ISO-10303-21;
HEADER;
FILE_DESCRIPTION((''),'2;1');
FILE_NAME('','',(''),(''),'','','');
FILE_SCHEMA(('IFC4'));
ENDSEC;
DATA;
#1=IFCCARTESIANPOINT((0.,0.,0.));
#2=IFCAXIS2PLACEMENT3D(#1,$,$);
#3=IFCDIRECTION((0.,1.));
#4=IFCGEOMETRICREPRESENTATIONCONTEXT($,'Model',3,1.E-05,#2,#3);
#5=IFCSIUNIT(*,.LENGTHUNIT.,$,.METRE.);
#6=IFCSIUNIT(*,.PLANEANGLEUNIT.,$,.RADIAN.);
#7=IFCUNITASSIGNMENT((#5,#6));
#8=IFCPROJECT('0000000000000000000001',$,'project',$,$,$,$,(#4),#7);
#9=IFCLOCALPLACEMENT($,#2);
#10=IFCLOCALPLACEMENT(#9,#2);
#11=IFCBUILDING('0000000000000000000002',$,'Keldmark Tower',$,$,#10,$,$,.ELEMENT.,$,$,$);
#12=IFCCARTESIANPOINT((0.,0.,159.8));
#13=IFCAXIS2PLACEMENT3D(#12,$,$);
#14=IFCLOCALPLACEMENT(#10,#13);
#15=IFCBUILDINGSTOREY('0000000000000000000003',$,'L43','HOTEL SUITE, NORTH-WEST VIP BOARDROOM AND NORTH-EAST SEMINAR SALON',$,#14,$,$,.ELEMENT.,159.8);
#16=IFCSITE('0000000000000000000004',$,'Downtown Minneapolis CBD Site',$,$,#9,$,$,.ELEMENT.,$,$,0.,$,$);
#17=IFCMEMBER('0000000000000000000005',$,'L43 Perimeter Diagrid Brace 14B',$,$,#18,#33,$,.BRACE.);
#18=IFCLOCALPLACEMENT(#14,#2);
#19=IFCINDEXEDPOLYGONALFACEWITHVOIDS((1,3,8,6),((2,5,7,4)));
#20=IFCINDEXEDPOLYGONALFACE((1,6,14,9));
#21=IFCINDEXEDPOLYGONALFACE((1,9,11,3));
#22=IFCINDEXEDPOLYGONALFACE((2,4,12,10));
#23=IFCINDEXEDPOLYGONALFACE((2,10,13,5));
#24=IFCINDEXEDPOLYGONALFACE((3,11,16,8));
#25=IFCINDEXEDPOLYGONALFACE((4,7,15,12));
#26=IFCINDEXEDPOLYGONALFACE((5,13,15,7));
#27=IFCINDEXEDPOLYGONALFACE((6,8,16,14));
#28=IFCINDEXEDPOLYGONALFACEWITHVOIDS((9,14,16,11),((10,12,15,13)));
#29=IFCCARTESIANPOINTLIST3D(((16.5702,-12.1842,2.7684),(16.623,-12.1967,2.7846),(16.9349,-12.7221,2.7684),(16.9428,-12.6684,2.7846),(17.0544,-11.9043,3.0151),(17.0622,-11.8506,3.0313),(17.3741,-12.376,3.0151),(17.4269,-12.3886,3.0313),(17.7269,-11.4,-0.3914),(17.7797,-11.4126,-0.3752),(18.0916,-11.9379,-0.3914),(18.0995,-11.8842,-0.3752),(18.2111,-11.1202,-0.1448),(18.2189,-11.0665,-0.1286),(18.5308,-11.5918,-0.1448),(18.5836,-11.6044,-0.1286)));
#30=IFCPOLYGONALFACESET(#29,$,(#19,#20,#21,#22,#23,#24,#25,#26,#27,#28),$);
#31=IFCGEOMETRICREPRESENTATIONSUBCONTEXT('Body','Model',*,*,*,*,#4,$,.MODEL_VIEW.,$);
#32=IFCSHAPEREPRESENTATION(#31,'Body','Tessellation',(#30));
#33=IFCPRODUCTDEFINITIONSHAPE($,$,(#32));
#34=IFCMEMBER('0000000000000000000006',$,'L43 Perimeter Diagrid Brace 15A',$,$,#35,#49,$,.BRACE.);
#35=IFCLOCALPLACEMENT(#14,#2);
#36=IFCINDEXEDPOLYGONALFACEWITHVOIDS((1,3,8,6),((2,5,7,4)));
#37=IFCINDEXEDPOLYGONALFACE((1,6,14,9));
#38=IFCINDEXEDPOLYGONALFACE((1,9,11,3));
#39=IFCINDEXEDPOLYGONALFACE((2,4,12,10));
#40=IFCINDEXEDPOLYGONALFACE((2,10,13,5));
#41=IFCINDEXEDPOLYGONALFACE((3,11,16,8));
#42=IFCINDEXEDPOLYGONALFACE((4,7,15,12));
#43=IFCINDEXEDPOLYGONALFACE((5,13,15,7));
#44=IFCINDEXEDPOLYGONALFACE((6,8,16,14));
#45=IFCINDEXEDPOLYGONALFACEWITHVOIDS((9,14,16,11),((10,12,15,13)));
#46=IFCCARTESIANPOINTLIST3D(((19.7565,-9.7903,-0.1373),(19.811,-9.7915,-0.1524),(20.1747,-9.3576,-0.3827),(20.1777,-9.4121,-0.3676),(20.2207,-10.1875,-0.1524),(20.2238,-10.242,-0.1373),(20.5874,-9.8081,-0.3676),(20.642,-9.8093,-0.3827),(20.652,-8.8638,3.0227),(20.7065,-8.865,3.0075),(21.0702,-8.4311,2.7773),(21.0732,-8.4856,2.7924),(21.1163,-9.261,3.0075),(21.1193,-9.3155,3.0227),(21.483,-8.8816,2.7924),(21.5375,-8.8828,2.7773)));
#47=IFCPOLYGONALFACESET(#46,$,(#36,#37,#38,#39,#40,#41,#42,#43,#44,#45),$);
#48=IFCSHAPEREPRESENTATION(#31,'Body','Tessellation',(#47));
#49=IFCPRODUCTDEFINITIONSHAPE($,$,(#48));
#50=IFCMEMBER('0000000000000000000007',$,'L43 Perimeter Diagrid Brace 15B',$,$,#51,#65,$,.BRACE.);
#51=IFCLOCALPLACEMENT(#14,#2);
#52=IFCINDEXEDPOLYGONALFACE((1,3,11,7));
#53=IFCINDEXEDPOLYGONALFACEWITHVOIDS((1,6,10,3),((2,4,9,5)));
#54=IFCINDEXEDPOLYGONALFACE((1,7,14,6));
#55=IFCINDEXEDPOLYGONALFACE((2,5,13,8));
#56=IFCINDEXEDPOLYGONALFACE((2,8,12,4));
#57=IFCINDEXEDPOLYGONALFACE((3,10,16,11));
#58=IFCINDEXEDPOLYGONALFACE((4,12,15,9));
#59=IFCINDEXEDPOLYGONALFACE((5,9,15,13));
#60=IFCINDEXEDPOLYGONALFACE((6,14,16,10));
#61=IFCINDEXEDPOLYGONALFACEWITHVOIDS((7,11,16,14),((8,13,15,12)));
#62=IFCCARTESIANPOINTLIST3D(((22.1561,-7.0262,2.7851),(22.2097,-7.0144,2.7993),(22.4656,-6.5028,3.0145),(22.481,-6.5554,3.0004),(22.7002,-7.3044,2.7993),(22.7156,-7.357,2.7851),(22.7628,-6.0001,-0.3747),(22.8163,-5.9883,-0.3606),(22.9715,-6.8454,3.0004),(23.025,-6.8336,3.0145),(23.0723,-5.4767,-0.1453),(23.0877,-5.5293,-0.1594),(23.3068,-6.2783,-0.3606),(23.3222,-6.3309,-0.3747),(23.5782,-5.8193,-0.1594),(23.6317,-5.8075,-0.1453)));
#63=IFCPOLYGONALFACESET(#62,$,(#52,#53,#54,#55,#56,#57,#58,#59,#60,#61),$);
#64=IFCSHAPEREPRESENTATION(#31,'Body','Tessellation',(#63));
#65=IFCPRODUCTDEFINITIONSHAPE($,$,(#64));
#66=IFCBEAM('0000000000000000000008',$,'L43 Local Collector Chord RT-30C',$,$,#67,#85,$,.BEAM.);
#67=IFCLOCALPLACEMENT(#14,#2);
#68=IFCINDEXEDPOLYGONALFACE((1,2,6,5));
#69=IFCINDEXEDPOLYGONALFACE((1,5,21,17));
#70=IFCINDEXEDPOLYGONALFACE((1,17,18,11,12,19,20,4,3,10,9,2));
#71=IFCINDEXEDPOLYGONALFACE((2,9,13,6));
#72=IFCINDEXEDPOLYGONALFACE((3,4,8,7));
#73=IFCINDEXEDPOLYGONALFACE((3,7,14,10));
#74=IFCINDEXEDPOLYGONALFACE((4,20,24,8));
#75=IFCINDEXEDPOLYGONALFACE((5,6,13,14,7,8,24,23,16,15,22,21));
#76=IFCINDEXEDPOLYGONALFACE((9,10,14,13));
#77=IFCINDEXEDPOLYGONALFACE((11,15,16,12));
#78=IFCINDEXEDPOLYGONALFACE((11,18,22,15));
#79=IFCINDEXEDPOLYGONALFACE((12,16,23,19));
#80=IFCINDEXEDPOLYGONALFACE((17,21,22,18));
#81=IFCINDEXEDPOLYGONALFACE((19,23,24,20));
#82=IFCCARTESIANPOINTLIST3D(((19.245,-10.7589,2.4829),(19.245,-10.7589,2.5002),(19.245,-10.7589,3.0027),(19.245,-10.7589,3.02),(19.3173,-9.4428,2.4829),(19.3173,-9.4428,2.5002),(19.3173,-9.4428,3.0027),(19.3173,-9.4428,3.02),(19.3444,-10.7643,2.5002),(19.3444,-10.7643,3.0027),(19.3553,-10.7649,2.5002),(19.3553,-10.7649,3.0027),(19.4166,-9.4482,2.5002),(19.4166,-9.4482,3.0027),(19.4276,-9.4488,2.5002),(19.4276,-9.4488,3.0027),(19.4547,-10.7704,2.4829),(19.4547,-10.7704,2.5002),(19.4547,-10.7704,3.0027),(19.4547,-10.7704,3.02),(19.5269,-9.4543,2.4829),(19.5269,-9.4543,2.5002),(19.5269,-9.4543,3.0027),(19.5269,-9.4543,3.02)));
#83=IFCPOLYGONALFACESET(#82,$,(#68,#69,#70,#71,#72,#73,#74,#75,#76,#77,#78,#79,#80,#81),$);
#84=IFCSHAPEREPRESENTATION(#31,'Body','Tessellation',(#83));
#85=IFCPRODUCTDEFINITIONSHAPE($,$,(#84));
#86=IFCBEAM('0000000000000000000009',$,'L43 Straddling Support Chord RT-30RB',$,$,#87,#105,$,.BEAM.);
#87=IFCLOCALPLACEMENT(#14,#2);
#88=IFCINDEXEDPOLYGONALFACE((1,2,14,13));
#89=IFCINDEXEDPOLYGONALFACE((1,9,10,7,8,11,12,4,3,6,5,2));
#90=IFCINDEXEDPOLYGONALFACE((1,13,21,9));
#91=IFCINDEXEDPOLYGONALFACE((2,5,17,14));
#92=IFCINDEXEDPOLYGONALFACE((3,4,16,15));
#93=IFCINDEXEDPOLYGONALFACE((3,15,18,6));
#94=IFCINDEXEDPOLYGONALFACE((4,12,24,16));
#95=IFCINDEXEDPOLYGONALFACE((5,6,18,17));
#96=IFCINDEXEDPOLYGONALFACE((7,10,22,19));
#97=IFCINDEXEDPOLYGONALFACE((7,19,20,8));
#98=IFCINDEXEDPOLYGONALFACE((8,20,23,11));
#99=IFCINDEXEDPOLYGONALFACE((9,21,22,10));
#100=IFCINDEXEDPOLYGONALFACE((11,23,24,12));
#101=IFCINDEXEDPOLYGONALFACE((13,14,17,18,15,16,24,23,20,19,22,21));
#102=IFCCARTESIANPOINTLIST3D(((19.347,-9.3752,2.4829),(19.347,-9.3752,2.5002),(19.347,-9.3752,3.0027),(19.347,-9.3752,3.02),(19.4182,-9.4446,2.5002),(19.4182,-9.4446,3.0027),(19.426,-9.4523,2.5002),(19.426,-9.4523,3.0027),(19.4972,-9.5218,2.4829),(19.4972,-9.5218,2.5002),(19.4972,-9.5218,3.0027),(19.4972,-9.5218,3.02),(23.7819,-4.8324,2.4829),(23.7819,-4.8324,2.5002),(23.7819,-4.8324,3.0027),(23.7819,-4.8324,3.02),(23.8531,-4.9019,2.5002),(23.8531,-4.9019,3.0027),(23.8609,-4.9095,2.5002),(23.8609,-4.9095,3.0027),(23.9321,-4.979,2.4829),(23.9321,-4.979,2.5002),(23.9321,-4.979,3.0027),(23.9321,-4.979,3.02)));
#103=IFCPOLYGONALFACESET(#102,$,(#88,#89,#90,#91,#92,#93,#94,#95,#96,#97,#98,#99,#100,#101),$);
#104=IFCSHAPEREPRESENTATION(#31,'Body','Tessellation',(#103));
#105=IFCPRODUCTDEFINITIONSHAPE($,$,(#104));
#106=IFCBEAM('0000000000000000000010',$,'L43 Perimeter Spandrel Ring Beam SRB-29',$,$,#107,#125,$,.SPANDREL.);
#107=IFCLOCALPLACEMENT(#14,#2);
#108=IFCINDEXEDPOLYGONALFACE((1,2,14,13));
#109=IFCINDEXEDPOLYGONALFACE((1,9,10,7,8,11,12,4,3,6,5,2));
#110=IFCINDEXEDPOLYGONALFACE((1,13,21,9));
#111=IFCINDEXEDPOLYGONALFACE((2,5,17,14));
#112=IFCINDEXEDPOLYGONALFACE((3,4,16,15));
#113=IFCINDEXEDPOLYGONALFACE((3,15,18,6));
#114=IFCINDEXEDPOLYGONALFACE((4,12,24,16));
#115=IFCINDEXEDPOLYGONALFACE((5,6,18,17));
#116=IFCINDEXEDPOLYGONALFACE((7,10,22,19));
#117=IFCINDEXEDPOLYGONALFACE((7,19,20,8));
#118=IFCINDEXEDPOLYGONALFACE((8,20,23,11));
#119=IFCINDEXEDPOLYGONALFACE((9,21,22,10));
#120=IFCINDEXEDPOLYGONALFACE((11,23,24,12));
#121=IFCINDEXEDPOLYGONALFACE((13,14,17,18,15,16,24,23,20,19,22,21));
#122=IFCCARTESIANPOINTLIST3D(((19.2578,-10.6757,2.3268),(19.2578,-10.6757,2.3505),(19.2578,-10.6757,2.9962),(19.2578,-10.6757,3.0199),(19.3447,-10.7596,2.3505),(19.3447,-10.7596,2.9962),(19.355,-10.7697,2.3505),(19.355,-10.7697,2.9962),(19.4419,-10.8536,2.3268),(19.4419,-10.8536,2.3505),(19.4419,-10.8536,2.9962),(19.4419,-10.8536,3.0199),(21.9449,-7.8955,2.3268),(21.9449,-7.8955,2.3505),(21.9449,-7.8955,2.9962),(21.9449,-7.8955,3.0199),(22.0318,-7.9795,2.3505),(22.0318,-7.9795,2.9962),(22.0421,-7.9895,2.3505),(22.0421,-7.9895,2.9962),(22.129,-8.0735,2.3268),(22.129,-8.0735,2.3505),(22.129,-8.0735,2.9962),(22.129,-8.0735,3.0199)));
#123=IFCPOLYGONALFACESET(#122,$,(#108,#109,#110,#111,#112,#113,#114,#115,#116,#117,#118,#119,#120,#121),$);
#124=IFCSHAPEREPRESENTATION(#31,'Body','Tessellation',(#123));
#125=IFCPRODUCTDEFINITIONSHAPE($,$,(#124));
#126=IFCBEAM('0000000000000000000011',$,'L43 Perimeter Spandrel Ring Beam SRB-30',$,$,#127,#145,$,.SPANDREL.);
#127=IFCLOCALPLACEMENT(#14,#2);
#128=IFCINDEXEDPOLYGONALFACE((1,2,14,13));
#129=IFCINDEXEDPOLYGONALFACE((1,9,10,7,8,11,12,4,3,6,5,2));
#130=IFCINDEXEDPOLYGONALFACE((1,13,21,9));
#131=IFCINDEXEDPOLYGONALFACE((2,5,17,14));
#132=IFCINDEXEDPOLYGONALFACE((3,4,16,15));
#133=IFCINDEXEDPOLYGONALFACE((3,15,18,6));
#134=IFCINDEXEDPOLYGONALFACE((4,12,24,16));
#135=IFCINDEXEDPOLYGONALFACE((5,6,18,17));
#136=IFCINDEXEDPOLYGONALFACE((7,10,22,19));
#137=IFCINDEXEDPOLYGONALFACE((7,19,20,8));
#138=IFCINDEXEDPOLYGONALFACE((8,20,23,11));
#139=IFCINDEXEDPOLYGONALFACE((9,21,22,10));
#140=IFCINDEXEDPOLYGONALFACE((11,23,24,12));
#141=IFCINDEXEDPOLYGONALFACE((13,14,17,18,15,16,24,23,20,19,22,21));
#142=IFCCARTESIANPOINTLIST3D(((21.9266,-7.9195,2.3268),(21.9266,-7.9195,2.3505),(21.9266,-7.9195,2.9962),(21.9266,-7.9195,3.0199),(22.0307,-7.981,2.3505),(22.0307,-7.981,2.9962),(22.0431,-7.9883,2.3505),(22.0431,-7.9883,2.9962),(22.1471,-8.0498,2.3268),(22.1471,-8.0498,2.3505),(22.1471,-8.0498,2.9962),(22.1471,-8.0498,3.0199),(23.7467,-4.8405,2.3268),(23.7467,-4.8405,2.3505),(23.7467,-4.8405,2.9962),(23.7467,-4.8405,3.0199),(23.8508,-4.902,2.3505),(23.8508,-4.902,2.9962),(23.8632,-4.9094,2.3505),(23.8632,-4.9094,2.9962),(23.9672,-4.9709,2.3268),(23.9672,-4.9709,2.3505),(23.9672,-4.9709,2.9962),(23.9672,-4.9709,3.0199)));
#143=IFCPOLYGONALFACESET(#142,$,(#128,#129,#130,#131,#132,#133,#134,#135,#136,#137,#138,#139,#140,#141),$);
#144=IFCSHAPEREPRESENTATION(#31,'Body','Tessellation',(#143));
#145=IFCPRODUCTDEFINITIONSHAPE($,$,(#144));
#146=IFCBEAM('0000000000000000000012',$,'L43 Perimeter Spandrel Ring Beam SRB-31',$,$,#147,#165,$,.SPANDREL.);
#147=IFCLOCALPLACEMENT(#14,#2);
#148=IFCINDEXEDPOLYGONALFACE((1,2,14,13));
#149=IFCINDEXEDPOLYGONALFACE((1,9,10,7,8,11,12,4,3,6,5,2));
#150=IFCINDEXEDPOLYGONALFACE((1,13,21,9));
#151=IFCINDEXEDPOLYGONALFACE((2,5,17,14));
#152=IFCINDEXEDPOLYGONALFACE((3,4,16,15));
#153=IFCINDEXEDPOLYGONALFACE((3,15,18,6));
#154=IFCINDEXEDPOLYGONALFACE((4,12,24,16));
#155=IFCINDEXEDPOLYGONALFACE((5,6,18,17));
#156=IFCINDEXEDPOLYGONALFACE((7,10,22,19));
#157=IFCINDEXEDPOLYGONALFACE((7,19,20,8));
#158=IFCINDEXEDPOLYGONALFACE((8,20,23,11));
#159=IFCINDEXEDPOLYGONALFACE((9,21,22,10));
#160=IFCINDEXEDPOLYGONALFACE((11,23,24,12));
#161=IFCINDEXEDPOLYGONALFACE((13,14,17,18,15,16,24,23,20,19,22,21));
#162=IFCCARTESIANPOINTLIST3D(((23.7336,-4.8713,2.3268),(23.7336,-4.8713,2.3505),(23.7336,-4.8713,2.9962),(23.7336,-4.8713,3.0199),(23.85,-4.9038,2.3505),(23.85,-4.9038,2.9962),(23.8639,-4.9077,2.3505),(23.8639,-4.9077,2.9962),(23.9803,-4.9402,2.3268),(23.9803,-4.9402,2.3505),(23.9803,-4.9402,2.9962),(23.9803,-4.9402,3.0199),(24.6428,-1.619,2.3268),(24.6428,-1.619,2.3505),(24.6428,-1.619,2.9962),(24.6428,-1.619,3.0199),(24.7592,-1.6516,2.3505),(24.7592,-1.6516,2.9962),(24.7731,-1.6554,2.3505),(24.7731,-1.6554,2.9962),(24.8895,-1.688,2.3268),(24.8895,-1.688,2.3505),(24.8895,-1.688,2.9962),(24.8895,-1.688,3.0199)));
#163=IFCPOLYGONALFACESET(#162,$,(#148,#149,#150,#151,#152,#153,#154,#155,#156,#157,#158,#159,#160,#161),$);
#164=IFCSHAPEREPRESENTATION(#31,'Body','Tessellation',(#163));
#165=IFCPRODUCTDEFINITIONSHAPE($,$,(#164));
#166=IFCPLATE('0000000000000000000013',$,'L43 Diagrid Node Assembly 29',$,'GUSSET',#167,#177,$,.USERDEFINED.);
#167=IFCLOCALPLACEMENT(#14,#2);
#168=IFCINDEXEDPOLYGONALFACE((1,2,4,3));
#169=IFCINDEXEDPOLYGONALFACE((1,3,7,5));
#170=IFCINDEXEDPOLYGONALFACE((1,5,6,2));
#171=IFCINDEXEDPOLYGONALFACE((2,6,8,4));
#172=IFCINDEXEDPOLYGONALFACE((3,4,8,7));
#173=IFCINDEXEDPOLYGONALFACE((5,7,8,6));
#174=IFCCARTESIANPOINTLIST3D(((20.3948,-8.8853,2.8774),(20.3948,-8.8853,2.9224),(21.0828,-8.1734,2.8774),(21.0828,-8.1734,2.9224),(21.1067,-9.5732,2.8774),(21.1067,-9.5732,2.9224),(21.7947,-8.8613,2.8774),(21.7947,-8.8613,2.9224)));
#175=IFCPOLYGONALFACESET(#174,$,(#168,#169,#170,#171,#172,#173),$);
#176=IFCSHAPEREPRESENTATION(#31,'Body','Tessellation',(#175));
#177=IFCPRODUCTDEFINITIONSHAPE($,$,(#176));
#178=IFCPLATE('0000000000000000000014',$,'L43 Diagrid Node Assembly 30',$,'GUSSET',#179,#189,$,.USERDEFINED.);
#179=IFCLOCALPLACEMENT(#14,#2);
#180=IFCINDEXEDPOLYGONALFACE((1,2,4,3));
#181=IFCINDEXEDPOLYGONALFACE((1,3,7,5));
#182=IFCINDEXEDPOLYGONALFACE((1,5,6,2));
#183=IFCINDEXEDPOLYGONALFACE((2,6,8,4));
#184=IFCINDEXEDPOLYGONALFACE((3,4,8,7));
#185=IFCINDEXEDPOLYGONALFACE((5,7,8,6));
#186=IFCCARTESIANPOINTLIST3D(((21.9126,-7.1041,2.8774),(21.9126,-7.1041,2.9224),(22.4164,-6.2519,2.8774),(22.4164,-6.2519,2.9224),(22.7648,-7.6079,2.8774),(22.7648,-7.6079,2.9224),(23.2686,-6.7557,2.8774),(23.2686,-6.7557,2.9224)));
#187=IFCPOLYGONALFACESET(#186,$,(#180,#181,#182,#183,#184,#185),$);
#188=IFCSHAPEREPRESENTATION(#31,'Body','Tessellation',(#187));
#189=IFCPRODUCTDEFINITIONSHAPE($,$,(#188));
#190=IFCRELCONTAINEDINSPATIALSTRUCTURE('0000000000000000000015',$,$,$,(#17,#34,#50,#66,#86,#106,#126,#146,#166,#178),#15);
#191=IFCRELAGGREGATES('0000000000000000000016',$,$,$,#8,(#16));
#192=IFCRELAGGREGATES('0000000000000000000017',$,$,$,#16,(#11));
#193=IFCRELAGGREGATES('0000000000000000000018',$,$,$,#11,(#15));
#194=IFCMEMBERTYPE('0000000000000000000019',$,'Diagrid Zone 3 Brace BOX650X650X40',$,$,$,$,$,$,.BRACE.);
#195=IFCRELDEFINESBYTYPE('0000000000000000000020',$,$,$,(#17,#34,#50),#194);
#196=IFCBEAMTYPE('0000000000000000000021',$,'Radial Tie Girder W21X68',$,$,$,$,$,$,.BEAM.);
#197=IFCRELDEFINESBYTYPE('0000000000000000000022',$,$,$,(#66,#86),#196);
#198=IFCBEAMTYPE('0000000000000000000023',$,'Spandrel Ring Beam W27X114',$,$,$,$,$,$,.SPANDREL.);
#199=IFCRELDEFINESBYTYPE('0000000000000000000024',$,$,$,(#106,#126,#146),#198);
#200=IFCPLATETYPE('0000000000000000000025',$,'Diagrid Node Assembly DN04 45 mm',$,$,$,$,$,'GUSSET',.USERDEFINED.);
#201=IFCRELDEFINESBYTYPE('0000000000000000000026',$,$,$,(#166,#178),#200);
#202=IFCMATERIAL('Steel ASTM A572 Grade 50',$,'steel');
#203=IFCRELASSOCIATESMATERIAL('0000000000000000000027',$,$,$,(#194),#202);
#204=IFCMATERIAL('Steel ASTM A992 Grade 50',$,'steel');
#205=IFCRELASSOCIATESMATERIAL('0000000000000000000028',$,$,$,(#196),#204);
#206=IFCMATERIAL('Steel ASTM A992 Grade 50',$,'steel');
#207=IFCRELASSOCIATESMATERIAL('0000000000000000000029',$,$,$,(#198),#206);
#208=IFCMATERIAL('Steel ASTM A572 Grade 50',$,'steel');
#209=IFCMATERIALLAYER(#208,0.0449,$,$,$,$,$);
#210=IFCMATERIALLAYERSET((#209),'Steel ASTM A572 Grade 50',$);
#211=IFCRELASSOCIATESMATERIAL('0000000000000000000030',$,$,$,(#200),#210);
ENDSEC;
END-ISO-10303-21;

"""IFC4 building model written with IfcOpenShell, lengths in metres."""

from ifc_helpers import new_model, si_unit, direction, frame, origin, origin_2d, place, context, subcontext, project, spatial, rectangle, hollow_rectangle, i_section, extrude, material, layer, layer_set, material_profile, profile_set, type_object, element, save


model = new_model("IFC4")

# Units and contexts
model_context = context("Model", 3, precision=1e-05, world=origin(), true_north=direction((0.0, 1.0)))
body_context = subcontext(model_context, "Body", "Model", "MODEL_VIEW")
ifc_project = project(units=[si_unit("LENGTHUNIT", "METRE"), si_unit("PLANEANGLEUNIT", "RADIAN")], contexts=[model_context])

# Site, building, storey
site_placement = place(None, origin())
site = spatial("IfcSite", under=ifc_project, at=site_placement, Name="Downtown Minneapolis CBD Site", CompositionType="ELEMENT", RefElevation=0.0)
building_placement = place(site_placement, origin())
building = spatial("IfcBuilding", under=site, at=building_placement, Name="Keldmark Tower", CompositionType="ELEMENT")
storey_placement = place(building_placement, frame((0.0, 0.0, 159.8)))
storey = spatial("IfcBuildingStorey", under=building, at=storey_placement, Name="L43", Description="HOTEL SUITE, NORTH-WEST VIP BOARDROOM AND NORTH-EAST SEMINAR SALON", CompositionType="ELEMENT", Elevation=159.8)

# Members
ifc_material_1 = material(Name="Steel ASTM A572 Grade 50", Category="steel")
ifc_material_profile_1 = material_profile(ifc_material_1, hollow_rectangle(XDim=0.6499, YDim=0.6499, WallThickness=0.04, at=origin_2d()), Name="BOX650X650X40")
ifc_profile_set_1 = profile_set([ifc_material_profile_1], Name="Steel ASTM A572 Grade 50")
member_type = type_object("IfcMemberType", Name="Diagrid Zone 3 Brace BOX650X650X40", PredefinedType="BRACE", material=ifc_profile_set_1)
member_1_placement = place(storey_placement, frame((18.1553, -11.5022, -0.26), z_axis=(-0.334787, -0.22696, 0.914553), x_axis=(0.561134, -0.827725, 0.0)))
element("IfcMember", 1, at=member_1_placement, inside=storey, type_object=member_type, Name="L43 Perimeter Diagrid Brace 14B", PredefinedType="BRACE", context=body_context, shape_type="SweptSolid", body=[
    extrude(hollow_rectangle(XDim=0.6499, YDim=0.6499, WallThickness=0.04, at=origin_2d()), origin(), (0.0, 0.0, 1.0), 3.4551),
])
member_2_placement = place(storey_placement, frame((20.1992, -9.7998, -0.26), z_axis=(0.262417, 0.271503, 0.925972), x_axis=(-0.719036, 0.694973, 0.0)))
element("IfcMember", 2, at=member_2_placement, inside=storey, type_object=member_type, Name="L43 Perimeter Diagrid Brace 15A", PredefinedType="BRACE", context=body_context, shape_type="SweptSolid", body=[
    extrude(hollow_rectangle(XDim=0.6499, YDim=0.6499, WallThickness=0.04, at=origin_2d()), origin(), (0.0, 0.0, 1.0), 3.4126),
])
member_3_placement = place(storey_placement, frame((23.1973, -5.9038, -0.26), z_axis=(-0.179638, -0.303831, 0.935637), x_axis=(0.8608, -0.508943, 0.0)))
element("IfcMember", 3, at=member_3_placement, inside=storey, type_object=member_type, Name="L43 Perimeter Diagrid Brace 15B", PredefinedType="BRACE", context=body_context, shape_type="SweptSolid", body=[
    extrude(hollow_rectangle(XDim=0.6499, YDim=0.6499, WallThickness=0.04, at=origin_2d()), origin(), (0.0, 0.0, 1.0), 3.3772),
])

# Beams
ifc_material_2 = material(Name="Steel ASTM A992 Grade 50", Category="steel")
ifc_material_profile_2 = material_profile(ifc_material_2, i_section(OverallWidth=0.21, OverallDepth=0.5371, WebThickness=0.011, FlangeThickness=0.0173, at=origin_2d()), Name="W21X68")
ifc_profile_set_2 = profile_set([ifc_material_profile_2], Name="Steel ASTM A992 Grade 50")
beam_type_1 = type_object("IfcBeamType", Name="Radial Tie Girder W21X68", PredefinedType="BEAM", material=ifc_profile_set_2)
beam_1_placement = place(storey_placement, frame((19.3499, -10.7646, 2.7515), z_axis=(0.054824, 0.998496, 0.0), x_axis=(-0.998496, 0.054824, 0.0)))
element("IfcBeam", 4, at=beam_1_placement, inside=storey, type_object=beam_type_1, Name="L43 Local Collector Chord RT-30C", PredefinedType="BEAM", context=body_context, shape_type="SweptSolid", body=[
    extrude(i_section(OverallWidth=0.21, OverallDepth=0.5371, WebThickness=0.011, FlangeThickness=0.0173, at=origin_2d()), origin(), (0.0, 0.0, 1.0), 1.3181),
])
beam_2_placement = place(storey_placement, frame((19.4221, -9.4485, 2.7515), z_axis=(0.698557, 0.715555, 0.0), x_axis=(-0.715555, 0.698557, 0.0)))
element("IfcBeam", 5, at=beam_2_placement, inside=storey, type_object=beam_type_1, Name="L43 Straddling Support Chord RT-30RB", PredefinedType="BEAM", context=body_context, shape_type="SweptSolid", body=[
    extrude(i_section(OverallWidth=0.21, OverallDepth=0.5371, WebThickness=0.011, FlangeThickness=0.0173, at=origin_2d()), origin(), (0.0, 0.0, 1.0), 6.3486),
])
ifc_material_3 = material(Name="Steel ASTM A992 Grade 50", Category="steel")
ifc_material_profile_3 = material_profile(ifc_material_3, i_section(OverallWidth=0.2561, OverallDepth=0.6931, WebThickness=0.0144, FlangeThickness=0.0237, at=origin_2d()), Name="W27X114")
ifc_profile_set_3 = profile_set([ifc_material_profile_3], Name="Steel ASTM A992 Grade 50")
beam_type_2 = type_object("IfcBeamType", Name="Spandrel Ring Beam W27X114", PredefinedType="SPANDREL", material=ifc_profile_set_3)
beam_3_placement = place(storey_placement, frame((19.3499, -10.7646, 2.6733), z_axis=(0.694975, 0.719034, 0.0), x_axis=(-0.719034, 0.694975, 0.0)))
element("IfcBeam", 6, at=beam_3_placement, inside=storey, type_object=beam_type_2, Name="L43 Perimeter Spandrel Ring Beam SRB-29", PredefinedType="SPANDREL", context=body_context, shape_type="SweptSolid", body=[
    extrude(i_section(OverallWidth=0.2561, OverallDepth=0.6931, WebThickness=0.0144, FlangeThickness=0.0237, at=origin_2d()), origin(), (0.0, 0.0, 1.0), 3.8665),
])
beam_4_placement = place(storey_placement, frame((22.0369, -7.9846, 2.6733), z_axis=(0.508883, 0.860835, 0.0), x_axis=(-0.860835, 0.508883, 0.0)))
element("IfcBeam", 7, at=beam_4_placement, inside=storey, type_object=beam_type_2, Name="L43 Perimeter Spandrel Ring Beam SRB-30", PredefinedType="SPANDREL", context=body_context, shape_type="SweptSolid", body=[
    extrude(i_section(OverallWidth=0.2561, OverallDepth=0.6931, WebThickness=0.0144, FlangeThickness=0.0237, at=origin_2d()), origin(), (0.0, 0.0, 1.0), 3.5767),
])
beam_5_placement = place(storey_placement, frame((23.8569, -4.9058, 2.6733), z_axis=(0.269236, 0.963074, 0.0), x_axis=(-0.963074, 0.269236, 0.0)))
element("IfcBeam", 8, at=beam_5_placement, inside=storey, type_object=beam_type_2, Name="L43 Perimeter Spandrel Ring Beam SRB-31", PredefinedType="SPANDREL", context=body_context, shape_type="SweptSolid", body=[
    extrude(i_section(OverallWidth=0.2561, OverallDepth=0.6931, WebThickness=0.0144, FlangeThickness=0.0237, at=origin_2d()), origin(), (0.0, 0.0, 1.0), 3.377),
])

# Plates
ifc_material_4 = material(Name="Steel ASTM A572 Grade 50", Category="steel")
ifc_layer_1 = layer(ifc_material_4, 0.0449)
ifc_layer_set_1 = layer_set([ifc_layer_1], Name="Steel ASTM A572 Grade 50")
plate_type = type_object("IfcPlateType", Name="Diagrid Node Assembly DN04 45 mm", ElementType="GUSSET", PredefinedType="USERDEFINED", material=ifc_layer_set_1)
for number, where, z_axis, x_axis, name in (
    (9, (21.0947, -8.8733, 2.8774), (0.0, 0.0, 1.0), (0.694909, 0.719097, 0.0), "L43 Diagrid Node Assembly 29"),
    (10, (22.5906, -6.9299, 2.8774), (0.0, 0.0, 1.0), (0.508891, 0.860831, 0.0), "L43 Diagrid Node Assembly 30"),
):
    element("IfcPlate", number, at=place(storey_placement, frame(where, z_axis=z_axis, x_axis=x_axis)), inside=storey, type_object=plate_type, Name=name, ObjectType="GUSSET", PredefinedType="USERDEFINED", context=body_context, shape_type="SweptSolid", body=[
        extrude(rectangle(XDim=0.99, YDim=0.99, at=origin_2d()), origin(), (0.0, 0.0, 1.0), 0.0449),
    ])

save(model, "model.ifc")
